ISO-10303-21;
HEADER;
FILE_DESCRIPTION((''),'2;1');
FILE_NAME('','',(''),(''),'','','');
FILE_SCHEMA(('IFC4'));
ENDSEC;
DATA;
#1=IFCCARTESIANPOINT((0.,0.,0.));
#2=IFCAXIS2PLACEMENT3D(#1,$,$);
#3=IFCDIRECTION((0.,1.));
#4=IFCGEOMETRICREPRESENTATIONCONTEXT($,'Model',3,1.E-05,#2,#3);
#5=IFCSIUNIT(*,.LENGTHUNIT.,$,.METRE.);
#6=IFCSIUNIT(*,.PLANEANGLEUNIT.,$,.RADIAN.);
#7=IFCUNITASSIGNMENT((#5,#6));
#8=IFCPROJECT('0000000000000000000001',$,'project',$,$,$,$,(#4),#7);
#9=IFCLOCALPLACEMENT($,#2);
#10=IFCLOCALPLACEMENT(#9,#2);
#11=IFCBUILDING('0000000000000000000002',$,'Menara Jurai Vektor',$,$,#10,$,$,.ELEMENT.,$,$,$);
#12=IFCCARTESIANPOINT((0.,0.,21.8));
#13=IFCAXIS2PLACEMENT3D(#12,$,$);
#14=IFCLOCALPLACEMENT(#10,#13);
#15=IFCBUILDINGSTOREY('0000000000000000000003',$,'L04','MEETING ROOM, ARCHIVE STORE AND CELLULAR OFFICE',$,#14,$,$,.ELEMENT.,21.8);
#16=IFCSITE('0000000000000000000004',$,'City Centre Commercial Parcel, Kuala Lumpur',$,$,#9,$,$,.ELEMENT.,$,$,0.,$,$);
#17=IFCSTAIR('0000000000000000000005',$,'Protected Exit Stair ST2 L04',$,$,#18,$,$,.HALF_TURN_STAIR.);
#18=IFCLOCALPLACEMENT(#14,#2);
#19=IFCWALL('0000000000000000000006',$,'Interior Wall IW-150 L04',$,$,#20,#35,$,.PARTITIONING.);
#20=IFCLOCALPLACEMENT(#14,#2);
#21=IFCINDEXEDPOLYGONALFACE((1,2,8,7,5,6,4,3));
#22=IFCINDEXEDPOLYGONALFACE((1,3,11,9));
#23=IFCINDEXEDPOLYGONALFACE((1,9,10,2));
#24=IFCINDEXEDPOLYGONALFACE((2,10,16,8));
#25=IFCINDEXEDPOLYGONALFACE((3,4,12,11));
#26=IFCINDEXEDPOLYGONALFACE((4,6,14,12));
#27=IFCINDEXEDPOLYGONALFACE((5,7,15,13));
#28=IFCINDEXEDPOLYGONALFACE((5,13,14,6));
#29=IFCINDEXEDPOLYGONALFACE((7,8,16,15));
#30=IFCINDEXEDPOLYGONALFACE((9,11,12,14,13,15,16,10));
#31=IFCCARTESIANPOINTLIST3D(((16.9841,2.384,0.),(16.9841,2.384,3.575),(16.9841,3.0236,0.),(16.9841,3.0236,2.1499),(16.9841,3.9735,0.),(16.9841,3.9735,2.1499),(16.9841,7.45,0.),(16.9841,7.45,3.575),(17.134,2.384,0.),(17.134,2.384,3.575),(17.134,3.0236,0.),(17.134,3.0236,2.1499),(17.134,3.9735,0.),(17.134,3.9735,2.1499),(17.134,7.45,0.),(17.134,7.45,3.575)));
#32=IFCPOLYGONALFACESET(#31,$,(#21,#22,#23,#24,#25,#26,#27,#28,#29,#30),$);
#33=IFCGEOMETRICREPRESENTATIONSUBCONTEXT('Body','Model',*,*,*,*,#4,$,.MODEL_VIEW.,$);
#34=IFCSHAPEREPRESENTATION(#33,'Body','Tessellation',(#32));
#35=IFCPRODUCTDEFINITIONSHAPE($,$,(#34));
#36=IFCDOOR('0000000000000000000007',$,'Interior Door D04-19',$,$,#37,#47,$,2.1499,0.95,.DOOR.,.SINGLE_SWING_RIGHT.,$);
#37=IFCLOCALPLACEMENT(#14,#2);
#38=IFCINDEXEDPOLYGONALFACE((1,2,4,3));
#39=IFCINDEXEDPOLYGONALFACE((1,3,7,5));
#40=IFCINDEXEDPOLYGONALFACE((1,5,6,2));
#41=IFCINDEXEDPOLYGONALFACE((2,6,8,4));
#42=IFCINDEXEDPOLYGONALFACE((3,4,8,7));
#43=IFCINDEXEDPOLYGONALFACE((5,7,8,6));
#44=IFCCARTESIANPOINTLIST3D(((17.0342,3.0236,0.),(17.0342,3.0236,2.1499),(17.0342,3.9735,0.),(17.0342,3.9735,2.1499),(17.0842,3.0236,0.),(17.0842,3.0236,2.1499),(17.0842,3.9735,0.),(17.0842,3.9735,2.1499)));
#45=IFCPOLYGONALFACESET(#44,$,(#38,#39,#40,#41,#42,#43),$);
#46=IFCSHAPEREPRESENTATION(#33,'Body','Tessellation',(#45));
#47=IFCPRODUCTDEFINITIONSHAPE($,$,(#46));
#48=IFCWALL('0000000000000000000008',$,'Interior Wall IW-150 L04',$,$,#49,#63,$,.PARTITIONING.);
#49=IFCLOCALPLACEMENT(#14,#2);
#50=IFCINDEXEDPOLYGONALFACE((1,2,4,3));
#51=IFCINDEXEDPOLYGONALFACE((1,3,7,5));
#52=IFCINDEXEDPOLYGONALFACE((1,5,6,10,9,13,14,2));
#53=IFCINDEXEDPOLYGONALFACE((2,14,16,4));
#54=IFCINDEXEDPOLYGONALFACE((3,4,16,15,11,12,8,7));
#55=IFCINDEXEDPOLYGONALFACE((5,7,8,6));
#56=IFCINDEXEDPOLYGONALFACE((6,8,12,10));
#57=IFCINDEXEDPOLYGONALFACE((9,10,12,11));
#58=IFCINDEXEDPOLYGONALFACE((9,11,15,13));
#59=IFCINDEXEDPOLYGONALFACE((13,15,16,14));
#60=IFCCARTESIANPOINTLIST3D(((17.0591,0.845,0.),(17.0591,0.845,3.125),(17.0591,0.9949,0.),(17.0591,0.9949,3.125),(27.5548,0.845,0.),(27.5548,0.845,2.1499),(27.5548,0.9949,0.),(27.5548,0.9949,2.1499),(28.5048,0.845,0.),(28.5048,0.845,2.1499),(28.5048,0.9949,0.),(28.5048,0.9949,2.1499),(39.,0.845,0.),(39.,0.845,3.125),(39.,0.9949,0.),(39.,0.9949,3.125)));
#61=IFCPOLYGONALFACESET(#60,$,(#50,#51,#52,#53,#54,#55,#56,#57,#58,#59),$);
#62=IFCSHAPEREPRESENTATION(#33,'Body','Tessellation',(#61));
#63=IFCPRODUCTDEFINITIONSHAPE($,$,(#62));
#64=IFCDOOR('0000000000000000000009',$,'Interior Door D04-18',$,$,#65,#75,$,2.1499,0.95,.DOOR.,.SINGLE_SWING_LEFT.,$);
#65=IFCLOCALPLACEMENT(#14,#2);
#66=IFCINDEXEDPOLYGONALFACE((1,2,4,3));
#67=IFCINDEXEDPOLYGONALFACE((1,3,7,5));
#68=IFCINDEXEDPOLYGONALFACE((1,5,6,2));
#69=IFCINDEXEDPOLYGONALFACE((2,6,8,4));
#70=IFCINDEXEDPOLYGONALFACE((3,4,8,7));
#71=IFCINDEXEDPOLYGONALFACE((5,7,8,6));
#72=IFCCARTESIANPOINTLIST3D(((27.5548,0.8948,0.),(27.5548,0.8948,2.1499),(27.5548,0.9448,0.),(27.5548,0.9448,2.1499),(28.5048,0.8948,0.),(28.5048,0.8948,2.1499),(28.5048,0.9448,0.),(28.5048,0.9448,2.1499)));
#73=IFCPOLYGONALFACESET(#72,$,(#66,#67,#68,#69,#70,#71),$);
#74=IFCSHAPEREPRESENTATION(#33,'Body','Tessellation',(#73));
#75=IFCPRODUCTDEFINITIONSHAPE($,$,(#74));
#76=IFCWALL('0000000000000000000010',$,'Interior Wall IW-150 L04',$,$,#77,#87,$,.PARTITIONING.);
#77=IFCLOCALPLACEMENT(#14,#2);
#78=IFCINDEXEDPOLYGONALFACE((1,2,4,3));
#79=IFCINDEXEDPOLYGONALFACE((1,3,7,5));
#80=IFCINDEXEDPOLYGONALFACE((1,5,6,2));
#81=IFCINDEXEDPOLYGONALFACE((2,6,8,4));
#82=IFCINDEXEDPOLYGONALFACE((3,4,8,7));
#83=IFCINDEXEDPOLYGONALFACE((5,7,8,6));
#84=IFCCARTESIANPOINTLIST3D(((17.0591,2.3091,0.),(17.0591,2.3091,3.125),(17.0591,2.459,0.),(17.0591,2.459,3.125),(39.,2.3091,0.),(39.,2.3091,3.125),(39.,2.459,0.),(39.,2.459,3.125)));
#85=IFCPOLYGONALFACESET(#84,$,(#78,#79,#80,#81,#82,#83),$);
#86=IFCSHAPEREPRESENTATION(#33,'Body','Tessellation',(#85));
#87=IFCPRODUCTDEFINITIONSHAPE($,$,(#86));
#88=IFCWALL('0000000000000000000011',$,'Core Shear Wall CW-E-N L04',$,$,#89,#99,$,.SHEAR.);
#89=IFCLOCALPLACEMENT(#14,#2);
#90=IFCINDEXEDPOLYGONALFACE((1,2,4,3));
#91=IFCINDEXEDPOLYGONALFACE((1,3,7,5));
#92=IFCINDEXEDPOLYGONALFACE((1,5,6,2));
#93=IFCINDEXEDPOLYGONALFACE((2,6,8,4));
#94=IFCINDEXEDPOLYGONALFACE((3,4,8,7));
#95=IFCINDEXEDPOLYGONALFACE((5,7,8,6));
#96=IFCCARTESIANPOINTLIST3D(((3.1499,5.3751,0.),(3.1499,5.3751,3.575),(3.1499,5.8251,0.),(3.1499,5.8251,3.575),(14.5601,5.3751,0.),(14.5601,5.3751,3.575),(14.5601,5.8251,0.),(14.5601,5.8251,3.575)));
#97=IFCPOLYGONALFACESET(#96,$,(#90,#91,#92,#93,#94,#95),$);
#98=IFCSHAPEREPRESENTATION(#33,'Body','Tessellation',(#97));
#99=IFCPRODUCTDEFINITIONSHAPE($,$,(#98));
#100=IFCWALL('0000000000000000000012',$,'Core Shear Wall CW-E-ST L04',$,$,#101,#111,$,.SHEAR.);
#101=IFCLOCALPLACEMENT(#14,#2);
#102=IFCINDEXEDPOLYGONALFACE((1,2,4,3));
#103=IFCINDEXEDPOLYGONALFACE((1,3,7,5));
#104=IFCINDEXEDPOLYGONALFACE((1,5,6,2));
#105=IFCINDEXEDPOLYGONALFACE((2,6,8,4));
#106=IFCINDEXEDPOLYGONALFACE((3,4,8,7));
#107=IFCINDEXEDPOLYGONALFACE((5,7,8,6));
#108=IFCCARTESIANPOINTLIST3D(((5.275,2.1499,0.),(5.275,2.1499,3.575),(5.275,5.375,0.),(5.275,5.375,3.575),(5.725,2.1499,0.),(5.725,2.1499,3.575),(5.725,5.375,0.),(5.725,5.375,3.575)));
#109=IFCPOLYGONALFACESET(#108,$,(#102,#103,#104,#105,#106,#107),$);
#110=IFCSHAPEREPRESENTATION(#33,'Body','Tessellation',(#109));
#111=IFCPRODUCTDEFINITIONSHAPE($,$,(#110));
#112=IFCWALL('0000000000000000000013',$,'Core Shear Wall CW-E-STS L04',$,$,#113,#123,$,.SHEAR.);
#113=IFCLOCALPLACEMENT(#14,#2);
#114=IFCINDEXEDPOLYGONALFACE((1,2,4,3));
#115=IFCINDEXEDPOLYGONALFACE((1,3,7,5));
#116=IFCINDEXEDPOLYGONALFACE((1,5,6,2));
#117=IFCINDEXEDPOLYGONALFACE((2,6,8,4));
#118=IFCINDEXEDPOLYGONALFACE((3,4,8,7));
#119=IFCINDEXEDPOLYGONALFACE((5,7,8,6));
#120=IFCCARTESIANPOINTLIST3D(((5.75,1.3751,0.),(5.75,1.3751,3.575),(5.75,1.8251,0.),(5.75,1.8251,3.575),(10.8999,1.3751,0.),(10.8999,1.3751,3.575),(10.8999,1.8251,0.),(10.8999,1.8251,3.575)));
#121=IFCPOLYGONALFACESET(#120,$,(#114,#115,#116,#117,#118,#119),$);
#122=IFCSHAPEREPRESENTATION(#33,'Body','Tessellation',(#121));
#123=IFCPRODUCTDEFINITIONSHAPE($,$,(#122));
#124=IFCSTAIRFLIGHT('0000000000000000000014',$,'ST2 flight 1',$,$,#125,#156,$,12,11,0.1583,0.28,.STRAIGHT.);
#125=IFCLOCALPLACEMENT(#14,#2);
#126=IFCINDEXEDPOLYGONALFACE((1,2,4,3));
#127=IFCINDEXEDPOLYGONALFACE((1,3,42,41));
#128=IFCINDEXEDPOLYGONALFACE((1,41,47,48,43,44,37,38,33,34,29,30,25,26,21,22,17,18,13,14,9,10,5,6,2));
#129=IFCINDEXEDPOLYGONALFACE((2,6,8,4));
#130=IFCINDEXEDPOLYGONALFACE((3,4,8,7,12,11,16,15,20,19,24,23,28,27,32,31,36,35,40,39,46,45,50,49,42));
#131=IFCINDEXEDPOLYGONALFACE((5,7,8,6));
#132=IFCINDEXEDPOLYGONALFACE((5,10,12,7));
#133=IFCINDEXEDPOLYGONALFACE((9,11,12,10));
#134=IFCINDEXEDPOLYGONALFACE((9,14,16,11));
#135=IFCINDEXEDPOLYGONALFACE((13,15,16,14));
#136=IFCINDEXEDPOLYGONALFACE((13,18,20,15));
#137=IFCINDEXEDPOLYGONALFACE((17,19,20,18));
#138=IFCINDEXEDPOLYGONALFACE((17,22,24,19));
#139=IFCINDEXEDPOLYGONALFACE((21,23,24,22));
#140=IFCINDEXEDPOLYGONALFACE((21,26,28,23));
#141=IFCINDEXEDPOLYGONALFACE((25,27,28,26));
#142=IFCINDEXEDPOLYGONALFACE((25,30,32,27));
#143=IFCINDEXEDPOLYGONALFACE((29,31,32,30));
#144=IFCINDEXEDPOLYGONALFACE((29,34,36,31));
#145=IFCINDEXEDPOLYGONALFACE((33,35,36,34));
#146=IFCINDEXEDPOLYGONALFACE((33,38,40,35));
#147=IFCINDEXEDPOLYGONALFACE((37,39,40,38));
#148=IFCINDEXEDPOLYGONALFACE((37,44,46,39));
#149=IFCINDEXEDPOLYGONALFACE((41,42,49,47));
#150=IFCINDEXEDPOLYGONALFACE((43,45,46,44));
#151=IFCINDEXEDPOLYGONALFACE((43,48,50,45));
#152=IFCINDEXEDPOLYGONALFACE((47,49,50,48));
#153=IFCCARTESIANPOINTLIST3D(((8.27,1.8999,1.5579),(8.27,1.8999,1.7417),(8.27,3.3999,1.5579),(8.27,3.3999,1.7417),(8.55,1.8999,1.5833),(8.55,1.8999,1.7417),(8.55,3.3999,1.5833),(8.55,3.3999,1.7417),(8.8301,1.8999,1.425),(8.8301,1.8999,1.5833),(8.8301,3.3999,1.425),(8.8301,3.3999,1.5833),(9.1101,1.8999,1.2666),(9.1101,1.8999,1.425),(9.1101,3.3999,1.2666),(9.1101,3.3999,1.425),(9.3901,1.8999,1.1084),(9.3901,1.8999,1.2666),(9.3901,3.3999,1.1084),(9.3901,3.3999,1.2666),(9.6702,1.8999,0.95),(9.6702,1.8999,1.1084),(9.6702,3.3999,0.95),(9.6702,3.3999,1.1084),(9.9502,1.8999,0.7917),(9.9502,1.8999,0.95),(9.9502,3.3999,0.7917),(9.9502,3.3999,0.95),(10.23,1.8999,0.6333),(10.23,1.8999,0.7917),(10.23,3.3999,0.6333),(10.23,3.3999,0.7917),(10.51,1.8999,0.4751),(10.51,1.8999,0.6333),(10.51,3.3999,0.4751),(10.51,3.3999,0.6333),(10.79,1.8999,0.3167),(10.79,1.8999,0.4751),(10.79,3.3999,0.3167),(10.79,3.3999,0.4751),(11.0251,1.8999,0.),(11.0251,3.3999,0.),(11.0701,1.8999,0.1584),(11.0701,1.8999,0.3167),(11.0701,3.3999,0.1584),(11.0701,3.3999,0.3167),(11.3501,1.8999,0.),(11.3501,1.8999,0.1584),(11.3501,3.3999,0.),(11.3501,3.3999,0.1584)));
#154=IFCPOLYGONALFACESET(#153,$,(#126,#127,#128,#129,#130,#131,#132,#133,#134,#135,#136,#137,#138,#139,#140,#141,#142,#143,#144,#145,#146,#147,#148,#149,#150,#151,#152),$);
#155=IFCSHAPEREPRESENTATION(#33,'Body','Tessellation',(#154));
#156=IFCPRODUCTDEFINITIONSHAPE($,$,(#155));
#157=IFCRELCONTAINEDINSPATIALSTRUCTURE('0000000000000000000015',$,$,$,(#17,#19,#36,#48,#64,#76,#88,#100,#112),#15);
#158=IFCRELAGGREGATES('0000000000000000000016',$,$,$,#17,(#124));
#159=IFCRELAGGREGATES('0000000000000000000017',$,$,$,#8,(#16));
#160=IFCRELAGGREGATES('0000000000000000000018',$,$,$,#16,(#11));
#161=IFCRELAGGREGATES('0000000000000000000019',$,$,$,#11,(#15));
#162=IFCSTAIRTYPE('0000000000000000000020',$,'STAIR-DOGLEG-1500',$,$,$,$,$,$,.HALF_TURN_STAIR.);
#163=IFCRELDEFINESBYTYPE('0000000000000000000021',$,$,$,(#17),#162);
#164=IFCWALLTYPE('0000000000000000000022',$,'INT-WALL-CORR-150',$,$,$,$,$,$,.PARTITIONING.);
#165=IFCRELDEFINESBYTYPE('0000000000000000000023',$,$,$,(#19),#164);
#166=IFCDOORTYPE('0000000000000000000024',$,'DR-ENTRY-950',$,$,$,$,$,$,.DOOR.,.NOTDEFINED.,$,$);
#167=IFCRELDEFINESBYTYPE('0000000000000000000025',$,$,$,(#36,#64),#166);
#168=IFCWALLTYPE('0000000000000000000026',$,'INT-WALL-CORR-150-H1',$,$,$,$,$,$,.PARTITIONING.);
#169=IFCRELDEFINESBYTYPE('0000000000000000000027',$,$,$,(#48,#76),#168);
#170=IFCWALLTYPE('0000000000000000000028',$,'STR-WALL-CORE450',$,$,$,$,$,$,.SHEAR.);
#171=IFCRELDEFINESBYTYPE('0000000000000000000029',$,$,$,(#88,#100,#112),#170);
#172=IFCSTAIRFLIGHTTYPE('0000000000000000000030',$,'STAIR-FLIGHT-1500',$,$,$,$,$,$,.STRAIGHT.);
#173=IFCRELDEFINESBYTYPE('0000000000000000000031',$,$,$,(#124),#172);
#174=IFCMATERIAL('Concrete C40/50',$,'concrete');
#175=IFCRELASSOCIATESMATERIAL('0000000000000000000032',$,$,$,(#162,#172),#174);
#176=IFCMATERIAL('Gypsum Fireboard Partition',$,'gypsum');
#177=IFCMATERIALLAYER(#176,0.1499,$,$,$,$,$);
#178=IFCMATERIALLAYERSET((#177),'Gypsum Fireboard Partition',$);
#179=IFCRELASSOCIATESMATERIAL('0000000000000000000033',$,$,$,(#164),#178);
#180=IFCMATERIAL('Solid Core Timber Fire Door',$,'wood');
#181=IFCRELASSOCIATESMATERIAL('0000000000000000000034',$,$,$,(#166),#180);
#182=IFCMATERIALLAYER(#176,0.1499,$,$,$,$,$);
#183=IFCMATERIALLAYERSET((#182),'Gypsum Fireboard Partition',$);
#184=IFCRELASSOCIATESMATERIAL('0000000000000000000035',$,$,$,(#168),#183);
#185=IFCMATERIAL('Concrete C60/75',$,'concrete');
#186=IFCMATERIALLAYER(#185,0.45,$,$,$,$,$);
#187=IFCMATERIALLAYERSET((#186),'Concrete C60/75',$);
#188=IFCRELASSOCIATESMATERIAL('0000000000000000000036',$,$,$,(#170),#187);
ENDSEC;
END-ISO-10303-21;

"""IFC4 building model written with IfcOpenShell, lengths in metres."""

from ifc_helpers import new_model, si_unit, direction, frame, frame_2d, origin, place, context, subcontext, project, spatial, polyline, rectangle, outline, extrude, material, layer, layer_set, type_object, element, fill, aggregate, save


model = new_model("IFC4")

# Units and contexts
model_context = context("Model", 3, precision=1e-05, world=origin(), true_north=direction((0.0, 1.0)))
body_context = subcontext(model_context, "Body", "Model", "MODEL_VIEW")
ifc_project = project(units=[si_unit("LENGTHUNIT", "METRE"), si_unit("PLANEANGLEUNIT", "RADIAN")], contexts=[model_context])

# Site, building, storey
site_placement = place(None, origin())
site = spatial("IfcSite", under=ifc_project, at=site_placement, Name="City Centre Commercial Parcel, Kuala Lumpur", CompositionType="ELEMENT", RefElevation=0.0)
building_placement = place(site_placement, origin())
building = spatial("IfcBuilding", under=site, at=building_placement, Name="Menara Jurai Vektor", CompositionType="ELEMENT")
storey_placement = place(building_placement, frame((0.0, 0.0, 21.8)))
storey = spatial("IfcBuildingStorey", under=building, at=storey_placement, Name="L04", Description="MEETING ROOM, ARCHIVE STORE AND CELLULAR OFFICE", CompositionType="ELEMENT", Elevation=21.8)

# Shared definitions
ifc_material_1 = material(Name="Concrete C60/75", Category="concrete")

# Stair
ifc_material_2 = material(Name="Concrete C40/50", Category="concrete")
stair_type = type_object("IfcStairType", Name="STAIR-DOGLEG-1500", PredefinedType="HALF_TURN_STAIR", material=ifc_material_2)
stair_placement = place(storey_placement, origin())
stair = element("IfcStair", 1, at=stair_placement, inside=storey, type_object=stair_type, Name="Protected Exit Stair ST2 L04", PredefinedType="HALF_TURN_STAIR")

# Shared definitions
ifc_material_3 = material(Name="Gypsum Fireboard Partition", Category="gypsum")
ifc_layer_1 = layer(ifc_material_3, 0.1499)
ifc_layer_set_1 = layer_set([ifc_layer_1], Name="Gypsum Fireboard Partition")
wall_type_1 = type_object("IfcWallType", Name="INT-WALL-CORR-150", PredefinedType="PARTITIONING", material=ifc_layer_set_1)

# Walls, openings, doors
wall_1_placement = place(storey_placement, frame((17.0591, 2.384, 0.0), z_axis=(0.0, 0.0, 1.0), x_axis=(0.0, 1.0, 0.0)))
wall_1 = element("IfcWall", 2, at=wall_1_placement, inside=storey, type_object=wall_type_1, Name="Interior Wall IW-150 L04", PredefinedType="PARTITIONING", context=body_context, shape_type="SweptSolid", body=[
    extrude(rectangle(XDim=5.0659, YDim=0.1499, at=frame_2d((2.533, 0.0))), origin(), (0.0, 0.0, 1.0), 3.575),
])
opening_1_placement = place(wall_1_placement, frame((0.6394, 0.0, 0.0)))
opening_1 = element("IfcOpeningElement", 3, at=opening_1_placement, cuts=wall_1, PredefinedType="OPENING", context=body_context, shape_type="SweptSolid", body=[
    extrude(rectangle(XDim=0.95, YDim=2.1499, at=frame_2d((0.4751, 1.075))), frame((0.0, 0.085, 0.0), z_axis=(0.0, -1.0, 0.0), x_axis=(1.0, 0.0, 0.0)), (0.0, 0.0, 1.0), 0.1699),
])
ifc_material_4 = material(Name="Solid Core Timber Fire Door", Category="wood")
door_type_1 = type_object("IfcDoorType", Name="DR-ENTRY-950", OperationType="NOTDEFINED", PredefinedType="DOOR", material=ifc_material_4)
door_1_placement = place(opening_1_placement, origin())
door_1 = element("IfcDoor", 4, at=door_1_placement, inside=storey, type_object=door_type_1, Name="Interior Door D04-19", OperationType="SINGLE_SWING_RIGHT", OverallHeight=2.1499, OverallWidth=0.95, PredefinedType="DOOR", context=body_context, shape_type="SweptSolid", body=[
    extrude(rectangle(XDim=0.95, YDim=2.1499, at=frame_2d((0.4751, 1.075))), frame((0.0, 0.0249, 0.0), z_axis=(0.0, -1.0, 0.0), x_axis=(1.0, 0.0, 0.0)), (0.0, 0.0, 1.0), 0.05),
])
fill(opening_1, door_1)
ifc_layer_2 = layer(ifc_material_3, 0.1499)
ifc_layer_set_2 = layer_set([ifc_layer_2], Name="Gypsum Fireboard Partition")
wall_type_2 = type_object("IfcWallType", Name="INT-WALL-CORR-150-H1", PredefinedType="PARTITIONING", material=ifc_layer_set_2)
wall_2_placement = place(storey_placement, frame((17.0591, 0.9199, 0.0), z_axis=(0.0, 0.0, 1.0), x_axis=(1.0, 0.0, 0.0)))
wall_2 = element("IfcWall", 5, at=wall_2_placement, inside=storey, type_object=wall_type_2, Name="Interior Wall IW-150 L04", PredefinedType="PARTITIONING", context=body_context, shape_type="SweptSolid", body=[
    extrude(rectangle(XDim=21.9409, YDim=0.1499, at=frame_2d((10.9705, 0.0))), origin(), (0.0, 0.0, 1.0), 3.125),
])
opening_2_placement = place(wall_2_placement, frame((10.4956, 0.0, 0.0)))
opening_2 = element("IfcOpeningElement", 6, at=opening_2_placement, cuts=wall_2, PredefinedType="OPENING", context=body_context, shape_type="SweptSolid", body=[
    extrude(rectangle(XDim=0.95, YDim=2.1499, at=frame_2d((0.4751, 1.075))), frame((0.0, 0.085, 0.0), z_axis=(0.0, -1.0, 0.0), x_axis=(1.0, 0.0, 0.0)), (0.0, 0.0, 1.0), 0.1699),
])
door_2_placement = place(opening_2_placement, origin())
door_2 = element("IfcDoor", 7, at=door_2_placement, inside=storey, type_object=door_type_1, Name="Interior Door D04-18", OperationType="SINGLE_SWING_LEFT", OverallHeight=2.1499, OverallWidth=0.95, PredefinedType="DOOR", context=body_context, shape_type="SweptSolid", body=[
    extrude(rectangle(XDim=0.95, YDim=2.1499, at=frame_2d((0.4751, 1.075))), frame((0.0, 0.0249, 0.0), z_axis=(0.0, -1.0, 0.0), x_axis=(1.0, 0.0, 0.0)), (0.0, 0.0, 1.0), 0.05),
])
fill(opening_2, door_2)

# Walls
wall_3_placement = place(storey_placement, frame((17.0591, 2.384, 0.0), z_axis=(0.0, 0.0, 1.0), x_axis=(1.0, 0.0, 0.0)))
element("IfcWall", 8, at=wall_3_placement, inside=storey, type_object=wall_type_2, Name="Interior Wall IW-150 L04", PredefinedType="PARTITIONING", context=body_context, shape_type="SweptSolid", body=[
    extrude(rectangle(XDim=21.9409, YDim=0.1499, at=frame_2d((10.9705, 0.0))), origin(), (0.0, 0.0, 1.0), 3.125),
])
ifc_layer_3 = layer(ifc_material_1, 0.45)
ifc_layer_set_3 = layer_set([ifc_layer_3], Name="Concrete C60/75")
wall_type_3 = type_object("IfcWallType", Name="STR-WALL-CORE450", PredefinedType="SHEAR", material=ifc_layer_set_3)
wall_4_placement = place(storey_placement, frame((3.1499, 5.6001, 0.0), z_axis=(0.0, 0.0, 1.0), x_axis=(1.0, 0.0, 0.0)))
element("IfcWall", 9, at=wall_4_placement, inside=storey, type_object=wall_type_3, Name="Core Shear Wall CW-E-N L04", PredefinedType="SHEAR", context=body_context, shape_type="SweptSolid", body=[
    extrude(rectangle(XDim=11.4102, YDim=0.45, at=frame_2d((5.7051, 0.0))), origin(), (0.0, 0.0, 1.0), 3.575),
])
wall_5_placement = place(storey_placement, frame((5.5, 2.1499, 0.0), z_axis=(0.0, 0.0, 1.0), x_axis=(0.0, 1.0, 0.0)))
element("IfcWall", 10, at=wall_5_placement, inside=storey, type_object=wall_type_3, Name="Core Shear Wall CW-E-ST L04", PredefinedType="SHEAR", context=body_context, shape_type="SweptSolid", body=[
    extrude(rectangle(XDim=3.2251, YDim=0.45, at=frame_2d((1.6125, 0.0))), origin(), (0.0, 0.0, 1.0), 3.575),
])
wall_6_placement = place(storey_placement, frame((5.75, 1.6001, 0.0), z_axis=(0.0, 0.0, 1.0), x_axis=(1.0, 0.0, 0.0)))
element("IfcWall", 11, at=wall_6_placement, inside=storey, type_object=wall_type_3, Name="Core Shear Wall CW-E-STS L04", PredefinedType="SHEAR", context=body_context, shape_type="SweptSolid", body=[
    extrude(rectangle(XDim=5.1499, YDim=0.45, at=frame_2d((2.575, 0.0))), origin(), (0.0, 0.0, 1.0), 3.575),
])

# Stair flight
stair_flight_type = type_object("IfcStairFlightType", Name="STAIR-FLIGHT-1500", PredefinedType="STRAIGHT", material=ifc_material_2)
stair_flight_1_placement = place(storey_placement, frame((11.3501, 2.6499, 0.0), z_axis=(0.0, 0.0, 1.0), x_axis=(-1.0, 0.0, 0.0)))
stair_flight_1 = element("IfcStairFlight", 12, at=stair_flight_1_placement, type_object=stair_flight_type, Name="ST2 flight 1", NumberOfRisers=12, NumberOfTreads=11, PredefinedType="STRAIGHT", RiserHeight=0.1583, TreadLength=0.28, context=body_context, shape_type="SweptSolid", body=[
    extrude(outline(polyline([(0.0, 0.0), (0.0, 0.1584), (0.28, 0.1584), (0.28, 0.3167), (0.5601, 0.3167), (0.5601, 0.4751), (0.8401, 0.4751), (0.8401, 0.6333), (1.1201, 0.6333), (1.1201, 0.7917), (1.3999, 0.7917), (1.3999, 0.95), (1.6799, 0.95), (1.6799, 1.1084), (1.96, 1.1084), (1.96, 1.2666), (2.24, 1.2666), (2.24, 1.425), (2.52, 1.425), (2.52, 1.5833), (2.8, 1.5833), (2.8, 1.7417), (3.0801, 1.7417), (3.0801, 1.8999), (3.0801, 1.5579), (0.325, 0.0), (0.0, 0.0)])), frame((0.0, 0.75, 0.0), z_axis=(0.0, -1.0, 0.0), x_axis=(1.0, 0.0, 0.0)), (0.0, 0.0, 1.0), 1.5),
])
aggregate(stair, [stair_flight_1])

save(model, "model.ifc")
